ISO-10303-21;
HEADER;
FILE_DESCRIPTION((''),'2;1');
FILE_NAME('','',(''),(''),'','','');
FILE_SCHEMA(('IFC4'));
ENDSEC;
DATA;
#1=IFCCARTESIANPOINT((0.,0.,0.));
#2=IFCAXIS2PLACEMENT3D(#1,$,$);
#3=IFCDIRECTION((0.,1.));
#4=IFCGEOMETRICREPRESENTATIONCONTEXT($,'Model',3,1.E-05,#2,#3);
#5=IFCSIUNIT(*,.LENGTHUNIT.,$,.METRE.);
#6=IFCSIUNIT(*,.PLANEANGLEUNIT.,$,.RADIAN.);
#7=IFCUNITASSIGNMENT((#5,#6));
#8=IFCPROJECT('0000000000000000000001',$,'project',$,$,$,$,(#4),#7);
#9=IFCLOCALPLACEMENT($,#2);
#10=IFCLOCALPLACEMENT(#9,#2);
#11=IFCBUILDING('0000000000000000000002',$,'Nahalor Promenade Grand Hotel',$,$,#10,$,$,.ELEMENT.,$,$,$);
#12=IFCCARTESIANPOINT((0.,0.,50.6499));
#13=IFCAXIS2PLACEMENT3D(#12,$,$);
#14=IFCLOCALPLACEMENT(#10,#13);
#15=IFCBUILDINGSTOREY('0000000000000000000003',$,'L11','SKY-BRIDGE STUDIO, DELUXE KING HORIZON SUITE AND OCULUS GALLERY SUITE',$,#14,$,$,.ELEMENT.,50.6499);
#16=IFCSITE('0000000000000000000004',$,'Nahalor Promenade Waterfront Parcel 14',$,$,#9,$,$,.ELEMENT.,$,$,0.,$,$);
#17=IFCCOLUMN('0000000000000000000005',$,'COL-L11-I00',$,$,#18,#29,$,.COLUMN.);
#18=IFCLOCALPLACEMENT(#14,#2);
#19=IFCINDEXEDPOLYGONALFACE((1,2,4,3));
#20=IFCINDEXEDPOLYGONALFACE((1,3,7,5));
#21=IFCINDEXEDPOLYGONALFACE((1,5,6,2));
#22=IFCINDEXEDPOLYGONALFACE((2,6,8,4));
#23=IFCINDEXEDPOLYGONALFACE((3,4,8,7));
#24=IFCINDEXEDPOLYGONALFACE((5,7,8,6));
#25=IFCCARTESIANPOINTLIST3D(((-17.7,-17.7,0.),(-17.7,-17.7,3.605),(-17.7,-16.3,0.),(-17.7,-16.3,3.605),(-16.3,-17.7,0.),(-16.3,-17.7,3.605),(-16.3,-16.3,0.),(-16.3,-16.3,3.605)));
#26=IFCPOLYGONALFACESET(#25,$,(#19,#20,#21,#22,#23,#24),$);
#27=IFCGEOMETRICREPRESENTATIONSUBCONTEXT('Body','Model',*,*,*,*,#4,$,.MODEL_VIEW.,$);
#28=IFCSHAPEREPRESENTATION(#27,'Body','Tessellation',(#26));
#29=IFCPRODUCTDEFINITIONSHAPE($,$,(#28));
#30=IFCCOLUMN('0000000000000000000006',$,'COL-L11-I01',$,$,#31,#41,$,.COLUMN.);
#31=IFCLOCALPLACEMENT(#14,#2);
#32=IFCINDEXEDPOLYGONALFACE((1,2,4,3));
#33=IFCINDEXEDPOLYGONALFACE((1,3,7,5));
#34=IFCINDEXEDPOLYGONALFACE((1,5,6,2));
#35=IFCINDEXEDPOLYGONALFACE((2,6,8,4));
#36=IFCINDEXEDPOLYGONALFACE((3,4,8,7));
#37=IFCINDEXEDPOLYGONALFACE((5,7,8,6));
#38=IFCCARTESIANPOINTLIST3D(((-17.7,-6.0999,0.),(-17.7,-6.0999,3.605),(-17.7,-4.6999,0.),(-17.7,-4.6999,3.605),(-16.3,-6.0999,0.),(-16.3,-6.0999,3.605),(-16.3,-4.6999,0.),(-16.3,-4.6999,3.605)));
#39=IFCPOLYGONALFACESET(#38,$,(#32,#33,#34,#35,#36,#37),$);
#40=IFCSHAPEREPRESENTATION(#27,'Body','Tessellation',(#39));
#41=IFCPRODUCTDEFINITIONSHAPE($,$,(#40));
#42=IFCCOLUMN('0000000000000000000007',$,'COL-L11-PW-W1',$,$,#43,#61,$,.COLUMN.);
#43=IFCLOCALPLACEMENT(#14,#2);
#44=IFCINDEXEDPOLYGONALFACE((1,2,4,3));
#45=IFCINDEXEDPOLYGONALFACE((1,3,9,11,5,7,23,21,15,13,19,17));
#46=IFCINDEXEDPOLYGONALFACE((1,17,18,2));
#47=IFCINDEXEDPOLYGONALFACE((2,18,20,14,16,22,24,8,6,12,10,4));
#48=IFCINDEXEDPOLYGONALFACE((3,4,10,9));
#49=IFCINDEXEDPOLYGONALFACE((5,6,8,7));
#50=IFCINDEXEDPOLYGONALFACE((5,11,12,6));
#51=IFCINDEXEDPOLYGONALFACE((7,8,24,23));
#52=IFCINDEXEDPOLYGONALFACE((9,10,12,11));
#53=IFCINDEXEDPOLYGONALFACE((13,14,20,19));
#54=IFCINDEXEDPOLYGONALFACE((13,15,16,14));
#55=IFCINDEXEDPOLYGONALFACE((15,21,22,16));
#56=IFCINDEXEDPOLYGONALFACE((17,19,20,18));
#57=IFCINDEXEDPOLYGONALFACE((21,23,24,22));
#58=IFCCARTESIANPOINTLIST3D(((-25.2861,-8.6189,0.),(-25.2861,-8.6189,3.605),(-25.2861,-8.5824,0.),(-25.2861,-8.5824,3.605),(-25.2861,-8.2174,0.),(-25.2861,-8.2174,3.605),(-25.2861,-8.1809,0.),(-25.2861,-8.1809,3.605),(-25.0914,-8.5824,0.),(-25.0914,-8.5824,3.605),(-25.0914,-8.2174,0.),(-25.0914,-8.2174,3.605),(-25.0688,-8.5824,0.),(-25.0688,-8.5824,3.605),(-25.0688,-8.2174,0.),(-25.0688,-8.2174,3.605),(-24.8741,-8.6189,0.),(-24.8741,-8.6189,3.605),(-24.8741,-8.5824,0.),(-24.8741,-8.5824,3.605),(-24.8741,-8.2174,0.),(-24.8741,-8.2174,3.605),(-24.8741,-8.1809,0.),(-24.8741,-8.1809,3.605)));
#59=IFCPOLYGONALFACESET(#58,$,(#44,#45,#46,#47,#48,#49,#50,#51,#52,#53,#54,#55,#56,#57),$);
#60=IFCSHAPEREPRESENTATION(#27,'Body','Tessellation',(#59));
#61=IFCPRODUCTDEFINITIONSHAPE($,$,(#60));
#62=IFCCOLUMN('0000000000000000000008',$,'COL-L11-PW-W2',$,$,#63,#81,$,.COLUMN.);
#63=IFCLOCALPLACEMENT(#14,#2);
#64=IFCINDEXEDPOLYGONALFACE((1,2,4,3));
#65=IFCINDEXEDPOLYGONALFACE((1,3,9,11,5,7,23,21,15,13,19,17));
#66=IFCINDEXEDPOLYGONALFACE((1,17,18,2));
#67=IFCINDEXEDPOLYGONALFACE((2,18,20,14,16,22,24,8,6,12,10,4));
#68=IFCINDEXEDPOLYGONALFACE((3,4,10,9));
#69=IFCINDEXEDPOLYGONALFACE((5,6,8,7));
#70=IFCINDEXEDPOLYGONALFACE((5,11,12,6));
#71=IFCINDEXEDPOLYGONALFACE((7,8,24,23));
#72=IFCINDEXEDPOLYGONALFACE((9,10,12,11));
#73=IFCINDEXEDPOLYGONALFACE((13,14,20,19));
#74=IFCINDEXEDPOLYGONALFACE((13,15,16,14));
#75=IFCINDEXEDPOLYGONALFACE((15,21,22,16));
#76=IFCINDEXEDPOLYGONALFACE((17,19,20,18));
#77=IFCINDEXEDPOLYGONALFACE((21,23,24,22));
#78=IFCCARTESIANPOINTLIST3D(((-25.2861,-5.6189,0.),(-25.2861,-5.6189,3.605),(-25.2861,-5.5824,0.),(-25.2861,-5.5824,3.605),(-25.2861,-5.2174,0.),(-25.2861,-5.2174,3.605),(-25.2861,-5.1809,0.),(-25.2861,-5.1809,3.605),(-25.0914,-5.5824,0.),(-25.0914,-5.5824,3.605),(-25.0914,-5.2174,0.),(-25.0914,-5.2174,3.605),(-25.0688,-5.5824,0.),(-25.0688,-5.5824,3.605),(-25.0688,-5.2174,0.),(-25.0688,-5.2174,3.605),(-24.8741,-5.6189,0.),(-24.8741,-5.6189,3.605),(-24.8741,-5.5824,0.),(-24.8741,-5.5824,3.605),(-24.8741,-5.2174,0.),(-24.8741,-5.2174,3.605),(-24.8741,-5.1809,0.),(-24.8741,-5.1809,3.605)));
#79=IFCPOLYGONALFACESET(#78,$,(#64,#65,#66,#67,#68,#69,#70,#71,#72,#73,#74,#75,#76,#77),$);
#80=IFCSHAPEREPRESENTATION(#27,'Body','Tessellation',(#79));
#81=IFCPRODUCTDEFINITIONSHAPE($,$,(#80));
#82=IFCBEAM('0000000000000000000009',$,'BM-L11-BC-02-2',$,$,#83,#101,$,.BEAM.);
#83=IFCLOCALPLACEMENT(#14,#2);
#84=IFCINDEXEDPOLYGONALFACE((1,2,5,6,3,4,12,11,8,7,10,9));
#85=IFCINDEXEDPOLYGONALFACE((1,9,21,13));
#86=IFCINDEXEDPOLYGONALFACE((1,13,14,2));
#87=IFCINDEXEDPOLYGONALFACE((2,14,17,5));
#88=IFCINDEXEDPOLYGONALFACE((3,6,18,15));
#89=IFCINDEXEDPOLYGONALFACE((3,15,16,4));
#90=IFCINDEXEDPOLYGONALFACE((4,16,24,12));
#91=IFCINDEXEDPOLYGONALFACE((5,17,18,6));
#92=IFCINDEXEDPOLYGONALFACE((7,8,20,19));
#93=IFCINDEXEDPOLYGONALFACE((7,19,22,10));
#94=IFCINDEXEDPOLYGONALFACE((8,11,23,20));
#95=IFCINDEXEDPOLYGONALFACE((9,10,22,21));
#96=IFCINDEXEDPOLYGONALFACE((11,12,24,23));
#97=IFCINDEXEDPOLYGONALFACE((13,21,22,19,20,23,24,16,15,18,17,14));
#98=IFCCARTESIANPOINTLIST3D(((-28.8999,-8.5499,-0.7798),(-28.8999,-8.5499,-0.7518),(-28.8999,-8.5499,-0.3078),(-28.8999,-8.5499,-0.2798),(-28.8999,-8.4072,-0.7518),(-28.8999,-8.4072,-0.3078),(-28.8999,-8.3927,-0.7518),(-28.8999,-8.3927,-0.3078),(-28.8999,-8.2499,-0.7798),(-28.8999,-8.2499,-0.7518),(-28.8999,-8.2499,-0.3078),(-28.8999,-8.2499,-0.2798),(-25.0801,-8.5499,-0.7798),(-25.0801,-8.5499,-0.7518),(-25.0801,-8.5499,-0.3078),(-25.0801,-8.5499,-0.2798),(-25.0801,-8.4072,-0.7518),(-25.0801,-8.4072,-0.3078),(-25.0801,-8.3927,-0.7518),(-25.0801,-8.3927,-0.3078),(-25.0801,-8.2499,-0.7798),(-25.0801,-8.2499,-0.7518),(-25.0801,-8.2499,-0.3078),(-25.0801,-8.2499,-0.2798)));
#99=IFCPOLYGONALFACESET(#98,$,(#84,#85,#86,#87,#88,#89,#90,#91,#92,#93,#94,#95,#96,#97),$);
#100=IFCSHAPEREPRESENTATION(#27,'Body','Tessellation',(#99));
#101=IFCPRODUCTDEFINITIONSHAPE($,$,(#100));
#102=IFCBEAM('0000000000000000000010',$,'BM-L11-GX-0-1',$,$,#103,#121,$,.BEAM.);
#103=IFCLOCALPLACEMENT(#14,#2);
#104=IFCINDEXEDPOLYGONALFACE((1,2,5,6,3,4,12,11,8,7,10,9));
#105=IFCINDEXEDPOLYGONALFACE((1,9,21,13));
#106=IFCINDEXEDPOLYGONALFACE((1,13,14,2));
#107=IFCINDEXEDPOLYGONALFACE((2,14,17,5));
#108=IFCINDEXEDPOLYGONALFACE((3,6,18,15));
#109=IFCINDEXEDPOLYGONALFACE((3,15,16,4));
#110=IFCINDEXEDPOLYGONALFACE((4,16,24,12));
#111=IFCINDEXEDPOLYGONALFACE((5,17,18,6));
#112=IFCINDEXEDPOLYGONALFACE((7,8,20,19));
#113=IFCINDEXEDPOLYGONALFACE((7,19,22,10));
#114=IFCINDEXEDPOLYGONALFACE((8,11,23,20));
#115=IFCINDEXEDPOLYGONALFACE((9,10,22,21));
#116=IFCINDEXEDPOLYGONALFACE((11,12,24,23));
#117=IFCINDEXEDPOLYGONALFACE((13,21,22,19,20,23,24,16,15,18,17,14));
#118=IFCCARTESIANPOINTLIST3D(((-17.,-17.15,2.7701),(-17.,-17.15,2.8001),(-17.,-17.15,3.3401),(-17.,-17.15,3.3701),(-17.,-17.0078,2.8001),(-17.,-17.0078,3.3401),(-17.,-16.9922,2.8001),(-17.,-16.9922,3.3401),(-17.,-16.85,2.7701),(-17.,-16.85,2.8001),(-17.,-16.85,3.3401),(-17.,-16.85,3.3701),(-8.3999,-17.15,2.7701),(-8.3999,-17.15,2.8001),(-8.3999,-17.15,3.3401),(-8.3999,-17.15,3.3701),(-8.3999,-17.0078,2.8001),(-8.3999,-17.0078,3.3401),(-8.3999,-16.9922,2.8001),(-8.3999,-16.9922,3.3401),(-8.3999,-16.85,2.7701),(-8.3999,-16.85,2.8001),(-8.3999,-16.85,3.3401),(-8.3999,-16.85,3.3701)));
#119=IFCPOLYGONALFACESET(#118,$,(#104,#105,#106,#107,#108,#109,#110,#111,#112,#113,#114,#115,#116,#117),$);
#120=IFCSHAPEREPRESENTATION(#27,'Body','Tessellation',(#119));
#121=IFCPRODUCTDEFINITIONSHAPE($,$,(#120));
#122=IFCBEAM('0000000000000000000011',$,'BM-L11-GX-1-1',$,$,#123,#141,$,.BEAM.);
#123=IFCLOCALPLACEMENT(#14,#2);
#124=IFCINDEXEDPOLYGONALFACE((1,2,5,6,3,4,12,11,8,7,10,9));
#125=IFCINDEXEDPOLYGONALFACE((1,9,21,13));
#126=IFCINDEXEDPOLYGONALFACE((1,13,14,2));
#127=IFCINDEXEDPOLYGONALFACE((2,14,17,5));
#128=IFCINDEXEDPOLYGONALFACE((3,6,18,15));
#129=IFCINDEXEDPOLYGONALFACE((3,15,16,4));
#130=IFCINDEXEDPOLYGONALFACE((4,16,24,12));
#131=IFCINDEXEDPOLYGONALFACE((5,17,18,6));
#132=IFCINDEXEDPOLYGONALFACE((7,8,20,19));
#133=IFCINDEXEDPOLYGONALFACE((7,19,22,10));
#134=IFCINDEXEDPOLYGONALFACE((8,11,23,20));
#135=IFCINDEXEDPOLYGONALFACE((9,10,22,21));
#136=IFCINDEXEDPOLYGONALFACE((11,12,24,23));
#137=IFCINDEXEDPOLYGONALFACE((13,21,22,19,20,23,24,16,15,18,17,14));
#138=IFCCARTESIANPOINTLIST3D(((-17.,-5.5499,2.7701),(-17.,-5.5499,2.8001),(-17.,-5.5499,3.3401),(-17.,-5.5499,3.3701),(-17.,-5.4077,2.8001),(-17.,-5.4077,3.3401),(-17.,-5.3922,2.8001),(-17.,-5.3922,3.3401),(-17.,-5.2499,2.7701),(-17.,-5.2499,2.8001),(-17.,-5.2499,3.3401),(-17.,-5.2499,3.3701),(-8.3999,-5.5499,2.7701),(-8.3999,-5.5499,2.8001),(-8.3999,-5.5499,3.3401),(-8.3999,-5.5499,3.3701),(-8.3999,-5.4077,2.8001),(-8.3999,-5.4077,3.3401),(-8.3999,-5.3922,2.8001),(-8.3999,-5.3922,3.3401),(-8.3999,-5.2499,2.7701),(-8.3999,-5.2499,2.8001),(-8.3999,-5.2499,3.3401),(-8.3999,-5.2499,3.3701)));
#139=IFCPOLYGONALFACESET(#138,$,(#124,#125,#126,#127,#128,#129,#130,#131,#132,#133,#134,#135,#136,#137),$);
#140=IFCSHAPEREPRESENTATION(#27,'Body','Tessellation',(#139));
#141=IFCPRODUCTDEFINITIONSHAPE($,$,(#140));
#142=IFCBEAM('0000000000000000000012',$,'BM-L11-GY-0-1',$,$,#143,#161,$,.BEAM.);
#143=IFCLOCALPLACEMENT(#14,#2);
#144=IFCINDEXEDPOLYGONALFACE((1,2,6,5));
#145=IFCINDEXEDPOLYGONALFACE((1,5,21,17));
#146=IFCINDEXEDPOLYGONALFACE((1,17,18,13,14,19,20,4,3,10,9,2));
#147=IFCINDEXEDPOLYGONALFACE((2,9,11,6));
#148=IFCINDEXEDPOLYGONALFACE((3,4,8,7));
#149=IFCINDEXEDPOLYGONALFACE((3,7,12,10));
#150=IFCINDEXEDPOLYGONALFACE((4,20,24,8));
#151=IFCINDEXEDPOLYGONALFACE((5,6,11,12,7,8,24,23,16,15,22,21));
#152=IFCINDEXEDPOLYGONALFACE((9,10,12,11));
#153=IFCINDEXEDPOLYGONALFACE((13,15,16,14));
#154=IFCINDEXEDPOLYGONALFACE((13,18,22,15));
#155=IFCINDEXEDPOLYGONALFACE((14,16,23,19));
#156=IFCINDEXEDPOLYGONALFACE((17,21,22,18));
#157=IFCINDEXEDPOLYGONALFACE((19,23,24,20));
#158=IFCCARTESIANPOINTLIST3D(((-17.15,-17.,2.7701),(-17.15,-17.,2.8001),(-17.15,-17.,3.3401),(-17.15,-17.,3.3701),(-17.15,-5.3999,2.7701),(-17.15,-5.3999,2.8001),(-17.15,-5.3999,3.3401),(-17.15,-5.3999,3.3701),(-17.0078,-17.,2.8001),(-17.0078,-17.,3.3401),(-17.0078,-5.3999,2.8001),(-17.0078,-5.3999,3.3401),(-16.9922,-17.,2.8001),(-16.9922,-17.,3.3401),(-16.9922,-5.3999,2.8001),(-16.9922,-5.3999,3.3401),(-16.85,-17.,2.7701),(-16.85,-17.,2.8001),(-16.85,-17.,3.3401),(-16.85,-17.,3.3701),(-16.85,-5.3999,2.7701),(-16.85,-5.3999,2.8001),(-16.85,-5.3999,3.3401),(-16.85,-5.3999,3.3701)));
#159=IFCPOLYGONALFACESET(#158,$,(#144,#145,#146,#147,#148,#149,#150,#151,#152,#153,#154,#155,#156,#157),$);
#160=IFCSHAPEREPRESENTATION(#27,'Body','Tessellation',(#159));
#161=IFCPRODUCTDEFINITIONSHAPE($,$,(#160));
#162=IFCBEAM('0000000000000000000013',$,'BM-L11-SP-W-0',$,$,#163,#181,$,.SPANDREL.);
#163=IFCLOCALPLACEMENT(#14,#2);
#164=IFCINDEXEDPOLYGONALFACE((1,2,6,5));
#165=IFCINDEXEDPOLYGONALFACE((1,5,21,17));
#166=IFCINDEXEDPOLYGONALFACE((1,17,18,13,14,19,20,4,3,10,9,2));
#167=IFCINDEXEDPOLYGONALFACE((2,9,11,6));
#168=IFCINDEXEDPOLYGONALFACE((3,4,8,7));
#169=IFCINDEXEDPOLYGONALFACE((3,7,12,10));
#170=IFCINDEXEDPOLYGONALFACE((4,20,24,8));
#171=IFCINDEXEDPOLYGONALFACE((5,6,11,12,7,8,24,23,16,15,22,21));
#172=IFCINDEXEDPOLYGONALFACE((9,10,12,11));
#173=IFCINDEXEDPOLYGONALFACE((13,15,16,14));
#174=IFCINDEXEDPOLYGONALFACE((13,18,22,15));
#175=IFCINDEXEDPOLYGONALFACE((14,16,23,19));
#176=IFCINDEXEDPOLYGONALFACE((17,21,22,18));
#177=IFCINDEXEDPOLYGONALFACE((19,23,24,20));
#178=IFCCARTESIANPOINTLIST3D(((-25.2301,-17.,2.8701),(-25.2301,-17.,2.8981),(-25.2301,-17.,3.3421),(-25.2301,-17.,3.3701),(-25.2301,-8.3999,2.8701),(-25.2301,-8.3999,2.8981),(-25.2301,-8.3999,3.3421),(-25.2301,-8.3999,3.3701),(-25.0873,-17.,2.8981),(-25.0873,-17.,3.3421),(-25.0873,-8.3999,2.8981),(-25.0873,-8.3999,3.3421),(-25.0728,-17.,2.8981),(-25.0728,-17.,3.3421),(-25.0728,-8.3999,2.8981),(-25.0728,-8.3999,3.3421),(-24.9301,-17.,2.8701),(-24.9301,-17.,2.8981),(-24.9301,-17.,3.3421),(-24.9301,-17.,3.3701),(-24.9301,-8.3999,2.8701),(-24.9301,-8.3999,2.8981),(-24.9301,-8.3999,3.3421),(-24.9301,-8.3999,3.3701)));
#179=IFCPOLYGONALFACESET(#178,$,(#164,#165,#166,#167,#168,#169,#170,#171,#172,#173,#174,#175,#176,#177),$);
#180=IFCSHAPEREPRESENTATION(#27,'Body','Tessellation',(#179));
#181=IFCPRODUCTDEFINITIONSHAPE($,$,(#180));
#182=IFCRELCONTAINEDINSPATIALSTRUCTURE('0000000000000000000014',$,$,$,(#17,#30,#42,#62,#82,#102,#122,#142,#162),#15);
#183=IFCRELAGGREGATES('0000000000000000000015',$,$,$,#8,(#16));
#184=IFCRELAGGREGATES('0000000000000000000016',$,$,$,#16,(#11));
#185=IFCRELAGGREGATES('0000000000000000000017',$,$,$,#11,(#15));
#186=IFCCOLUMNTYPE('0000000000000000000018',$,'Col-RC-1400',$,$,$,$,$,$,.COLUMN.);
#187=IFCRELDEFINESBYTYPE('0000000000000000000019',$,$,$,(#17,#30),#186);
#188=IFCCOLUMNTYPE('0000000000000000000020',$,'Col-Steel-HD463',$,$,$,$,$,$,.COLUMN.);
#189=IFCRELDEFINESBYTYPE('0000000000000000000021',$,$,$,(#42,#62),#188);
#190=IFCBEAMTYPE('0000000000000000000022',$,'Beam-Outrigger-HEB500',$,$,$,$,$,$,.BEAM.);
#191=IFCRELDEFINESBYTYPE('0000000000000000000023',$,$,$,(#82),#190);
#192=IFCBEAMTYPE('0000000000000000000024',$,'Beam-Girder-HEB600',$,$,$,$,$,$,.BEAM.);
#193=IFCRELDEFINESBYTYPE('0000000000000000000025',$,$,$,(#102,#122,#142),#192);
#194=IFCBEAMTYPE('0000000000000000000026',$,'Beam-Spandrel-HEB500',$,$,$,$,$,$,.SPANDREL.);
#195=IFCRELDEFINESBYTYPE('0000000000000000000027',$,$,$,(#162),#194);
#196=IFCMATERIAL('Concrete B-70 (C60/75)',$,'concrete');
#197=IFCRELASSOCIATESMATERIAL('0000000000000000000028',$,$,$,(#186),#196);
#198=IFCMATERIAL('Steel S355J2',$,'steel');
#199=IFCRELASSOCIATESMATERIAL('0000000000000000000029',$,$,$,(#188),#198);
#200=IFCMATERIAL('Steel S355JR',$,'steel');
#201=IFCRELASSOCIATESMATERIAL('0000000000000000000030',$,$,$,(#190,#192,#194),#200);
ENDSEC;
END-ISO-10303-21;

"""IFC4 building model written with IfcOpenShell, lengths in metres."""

from ifc_helpers import new_model, si_unit, direction, frame, origin, origin_2d, place, context, subcontext, project, spatial, rectangle, i_section, extrude, source, transform, mapped, material, material_profile, profile_set, type_object, element, save


model = new_model("IFC4")

# Units and contexts
model_context = context("Model", 3, precision=1e-05, world=origin(), true_north=direction((0.0, 1.0)))
body_context = subcontext(model_context, "Body", "Model", "MODEL_VIEW")
ifc_project = project(units=[si_unit("LENGTHUNIT", "METRE"), si_unit("PLANEANGLEUNIT", "RADIAN")], contexts=[model_context])

# Site, building, storey
site_placement = place(None, origin())
site = spatial("IfcSite", under=ifc_project, at=site_placement, Name="Nahalor Promenade Waterfront Parcel 14", CompositionType="ELEMENT", RefElevation=0.0)
building_placement = place(site_placement, origin())
building = spatial("IfcBuilding", under=site, at=building_placement, Name="Nahalor Promenade Grand Hotel", CompositionType="ELEMENT")
storey_placement = place(building_placement, frame((0.0, 0.0, 50.6499)))
storey = spatial("IfcBuildingStorey", under=building, at=storey_placement, Name="L11", Description="SKY-BRIDGE STUDIO, DELUXE KING HORIZON SUITE AND OCULUS GALLERY SUITE", CompositionType="ELEMENT", Elevation=50.6499)

# Columns
ifc_material_1 = material(Name="Concrete B-70 (C60/75)", Category="concrete")
ifc_material_profile_1 = material_profile(ifc_material_1, rectangle(XDim=1.4, YDim=1.4, at=origin_2d()), Name="RC 1400x1400")
ifc_profile_set_1 = profile_set([ifc_material_profile_1], Name="Concrete B-70 (C60/75)")
column_type_1 = type_object("IfcColumnType", Name="Col-RC-1400", PredefinedType="COLUMN", material=ifc_profile_set_1)
shared_shape_1 = source(origin(), body_context, "Body", "SweptSolid", [
    extrude(rectangle(XDim=1.4, YDim=1.4, at=origin_2d()), origin(), (0.0, 0.0, 1.0), 3.605),
])
for number, where, z_axis, x_axis, name in (
    (1, (-17.0, -17.0, 0.0), (0.0, 0.0, 1.0), (1.0, 0.0, 0.0), "COL-L11-I00"),
    (2, (-17.0, -5.3999, 0.0), (0.0, 0.0, 1.0), (1.0, 0.0, 0.0), "COL-L11-I01"),
):
    element("IfcColumn", number, at=place(storey_placement, frame(where, z_axis=z_axis, x_axis=x_axis)), inside=storey, type_object=column_type_1, Name=name, PredefinedType="COLUMN", context=body_context, shape_type="MappedRepresentation", body=[
        mapped(shared_shape_1, transform((0.0, 0.0, 0.0), scale=1.0)),
    ])
ifc_material_2 = material(Name="Steel S355J2", Category="steel")
ifc_material_profile_2 = material_profile(ifc_material_2, i_section(OverallWidth=0.412, OverallDepth=0.438, WebThickness=0.0226, FlangeThickness=0.0365, at=origin_2d()), Name="HD 400x463")
ifc_profile_set_2 = profile_set([ifc_material_profile_2], Name="Steel S355J2")
column_type_2 = type_object("IfcColumnType", Name="Col-Steel-HD463", PredefinedType="COLUMN", material=ifc_profile_set_2)
shared_shape_2 = source(origin(), body_context, "Body", "SweptSolid", [
    extrude(i_section(OverallWidth=0.412, OverallDepth=0.438, WebThickness=0.0226, FlangeThickness=0.0365, at=origin_2d()), origin(), (0.0, 0.0, 1.0), 3.605),
])
for number, where, z_axis, x_axis, name in (
    (3, (-25.0801, -8.3999, 0.0), (0.0, 0.0, 1.0), (1.0, 0.0, 0.0), "COL-L11-PW-W1"),
    (4, (-25.0801, -5.3999, 0.0), (0.0, 0.0, 1.0), (1.0, 0.0, 0.0), "COL-L11-PW-W2"),
):
    element("IfcColumn", number, at=place(storey_placement, frame(where, z_axis=z_axis, x_axis=x_axis)), inside=storey, type_object=column_type_2, Name=name, PredefinedType="COLUMN", context=body_context, shape_type="MappedRepresentation", body=[
        mapped(shared_shape_2, transform((0.0, 0.0, 0.0), scale=1.0)),
    ])

# Beams
ifc_material_3 = material(Name="Steel S355JR", Category="steel")
ifc_material_profile_3 = material_profile(ifc_material_3, i_section(OverallWidth=0.3, OverallDepth=0.5, WebThickness=0.0145, FlangeThickness=0.028, at=origin_2d()), Name="HEB 500")
ifc_profile_set_3 = profile_set([ifc_material_profile_3], Name="Steel S355JR")
beam_type_1 = type_object("IfcBeamType", Name="Beam-Outrigger-HEB500", PredefinedType="BEAM", material=ifc_profile_set_3)
shared_shape_3 = source(origin(), body_context, "Body", "SweptSolid", [
    extrude(i_section(OverallWidth=0.3, OverallDepth=0.5, WebThickness=0.0145, FlangeThickness=0.028, at=origin_2d()), origin(), (0.0, 0.0, 1.0), 3.8198),
])
beam_1_placement = place(storey_placement, frame((-28.8999, -8.3999, -0.5298), z_axis=(1.0, 0.0, 0.0), x_axis=(0.0, 1.0, 0.0)))
element("IfcBeam", 5, at=beam_1_placement, inside=storey, type_object=beam_type_1, Name="BM-L11-BC-02-2", PredefinedType="BEAM", context=body_context, shape_type="MappedRepresentation", body=[
    mapped(shared_shape_3, transform((0.0, 0.0, 0.0), scale=1.0)),
])
ifc_material_profile_4 = material_profile(ifc_material_3, i_section(OverallWidth=0.3, OverallDepth=0.6, WebThickness=0.0155, FlangeThickness=0.03, at=origin_2d()), Name="HEB 600")
ifc_profile_set_4 = profile_set([ifc_material_profile_4], Name="Steel S355JR")
beam_type_2 = type_object("IfcBeamType", Name="Beam-Girder-HEB600", PredefinedType="BEAM", material=ifc_profile_set_4)
shared_shape_4 = source(origin(), body_context, "Body", "SweptSolid", [
    extrude(i_section(OverallWidth=0.3, OverallDepth=0.6, WebThickness=0.0155, FlangeThickness=0.03, at=origin_2d()), origin(), (0.0, 0.0, 1.0), 8.6001),
])
for number, where, z_axis, x_axis, name in (
    (6, (-17.0, -17.0, 3.0701), (1.0, 0.0, 0.0), (0.0, 1.0, 0.0), "BM-L11-GX-0-1"),
    (7, (-17.0, -5.3999, 3.0701), (1.0, 0.0, 0.0), (0.0, 1.0, 0.0), "BM-L11-GX-1-1"),
):
    element("IfcBeam", number, at=place(storey_placement, frame(where, z_axis=z_axis, x_axis=x_axis)), inside=storey, type_object=beam_type_2, Name=name, PredefinedType="BEAM", context=body_context, shape_type="MappedRepresentation", body=[
        mapped(shared_shape_4, transform((0.0, 0.0, 0.0), scale=1.0)),
    ])
shared_shape_5 = source(origin(), body_context, "Body", "SweptSolid", [
    extrude(i_section(OverallWidth=0.3, OverallDepth=0.6, WebThickness=0.0155, FlangeThickness=0.03, at=origin_2d()), origin(), (0.0, 0.0, 1.0), 11.6001),
])
beam_2_placement = place(storey_placement, frame((-17.0, -17.0, 3.0701), z_axis=(0.0, 1.0, 0.0), x_axis=(-1.0, 0.0, 0.0)))
element("IfcBeam", 8, at=beam_2_placement, inside=storey, type_object=beam_type_2, Name="BM-L11-GY-0-1", PredefinedType="BEAM", context=body_context, shape_type="MappedRepresentation", body=[
    mapped(shared_shape_5, transform((0.0, 0.0, 0.0), scale=1.0)),
])
ifc_material_profile_5 = material_profile(ifc_material_3, i_section(OverallWidth=0.3, OverallDepth=0.5, WebThickness=0.0145, FlangeThickness=0.028, at=origin_2d()), Name="HEB 500")
ifc_profile_set_5 = profile_set([ifc_material_profile_5], Name="Steel S355JR")
beam_type_3 = type_object("IfcBeamType", Name="Beam-Spandrel-HEB500", PredefinedType="SPANDREL", material=ifc_profile_set_5)
shared_shape_6 = source(origin(), body_context, "Body", "SweptSolid", [
    extrude(i_section(OverallWidth=0.3, OverallDepth=0.5, WebThickness=0.0145, FlangeThickness=0.028, at=origin_2d()), origin(), (0.0, 0.0, 1.0), 8.6001),
])
beam_3_placement = place(storey_placement, frame((-25.0801, -17.0, 3.1201), z_axis=(0.0, 1.0, 0.0), x_axis=(-1.0, 0.0, 0.0)))
element("IfcBeam", 9, at=beam_3_placement, inside=storey, type_object=beam_type_3, Name="BM-L11-SP-W-0", PredefinedType="SPANDREL", context=body_context, shape_type="MappedRepresentation", body=[
    mapped(shared_shape_6, transform((0.0, 0.0, 0.0), scale=1.0)),
])

save(model, "model.ifc")
